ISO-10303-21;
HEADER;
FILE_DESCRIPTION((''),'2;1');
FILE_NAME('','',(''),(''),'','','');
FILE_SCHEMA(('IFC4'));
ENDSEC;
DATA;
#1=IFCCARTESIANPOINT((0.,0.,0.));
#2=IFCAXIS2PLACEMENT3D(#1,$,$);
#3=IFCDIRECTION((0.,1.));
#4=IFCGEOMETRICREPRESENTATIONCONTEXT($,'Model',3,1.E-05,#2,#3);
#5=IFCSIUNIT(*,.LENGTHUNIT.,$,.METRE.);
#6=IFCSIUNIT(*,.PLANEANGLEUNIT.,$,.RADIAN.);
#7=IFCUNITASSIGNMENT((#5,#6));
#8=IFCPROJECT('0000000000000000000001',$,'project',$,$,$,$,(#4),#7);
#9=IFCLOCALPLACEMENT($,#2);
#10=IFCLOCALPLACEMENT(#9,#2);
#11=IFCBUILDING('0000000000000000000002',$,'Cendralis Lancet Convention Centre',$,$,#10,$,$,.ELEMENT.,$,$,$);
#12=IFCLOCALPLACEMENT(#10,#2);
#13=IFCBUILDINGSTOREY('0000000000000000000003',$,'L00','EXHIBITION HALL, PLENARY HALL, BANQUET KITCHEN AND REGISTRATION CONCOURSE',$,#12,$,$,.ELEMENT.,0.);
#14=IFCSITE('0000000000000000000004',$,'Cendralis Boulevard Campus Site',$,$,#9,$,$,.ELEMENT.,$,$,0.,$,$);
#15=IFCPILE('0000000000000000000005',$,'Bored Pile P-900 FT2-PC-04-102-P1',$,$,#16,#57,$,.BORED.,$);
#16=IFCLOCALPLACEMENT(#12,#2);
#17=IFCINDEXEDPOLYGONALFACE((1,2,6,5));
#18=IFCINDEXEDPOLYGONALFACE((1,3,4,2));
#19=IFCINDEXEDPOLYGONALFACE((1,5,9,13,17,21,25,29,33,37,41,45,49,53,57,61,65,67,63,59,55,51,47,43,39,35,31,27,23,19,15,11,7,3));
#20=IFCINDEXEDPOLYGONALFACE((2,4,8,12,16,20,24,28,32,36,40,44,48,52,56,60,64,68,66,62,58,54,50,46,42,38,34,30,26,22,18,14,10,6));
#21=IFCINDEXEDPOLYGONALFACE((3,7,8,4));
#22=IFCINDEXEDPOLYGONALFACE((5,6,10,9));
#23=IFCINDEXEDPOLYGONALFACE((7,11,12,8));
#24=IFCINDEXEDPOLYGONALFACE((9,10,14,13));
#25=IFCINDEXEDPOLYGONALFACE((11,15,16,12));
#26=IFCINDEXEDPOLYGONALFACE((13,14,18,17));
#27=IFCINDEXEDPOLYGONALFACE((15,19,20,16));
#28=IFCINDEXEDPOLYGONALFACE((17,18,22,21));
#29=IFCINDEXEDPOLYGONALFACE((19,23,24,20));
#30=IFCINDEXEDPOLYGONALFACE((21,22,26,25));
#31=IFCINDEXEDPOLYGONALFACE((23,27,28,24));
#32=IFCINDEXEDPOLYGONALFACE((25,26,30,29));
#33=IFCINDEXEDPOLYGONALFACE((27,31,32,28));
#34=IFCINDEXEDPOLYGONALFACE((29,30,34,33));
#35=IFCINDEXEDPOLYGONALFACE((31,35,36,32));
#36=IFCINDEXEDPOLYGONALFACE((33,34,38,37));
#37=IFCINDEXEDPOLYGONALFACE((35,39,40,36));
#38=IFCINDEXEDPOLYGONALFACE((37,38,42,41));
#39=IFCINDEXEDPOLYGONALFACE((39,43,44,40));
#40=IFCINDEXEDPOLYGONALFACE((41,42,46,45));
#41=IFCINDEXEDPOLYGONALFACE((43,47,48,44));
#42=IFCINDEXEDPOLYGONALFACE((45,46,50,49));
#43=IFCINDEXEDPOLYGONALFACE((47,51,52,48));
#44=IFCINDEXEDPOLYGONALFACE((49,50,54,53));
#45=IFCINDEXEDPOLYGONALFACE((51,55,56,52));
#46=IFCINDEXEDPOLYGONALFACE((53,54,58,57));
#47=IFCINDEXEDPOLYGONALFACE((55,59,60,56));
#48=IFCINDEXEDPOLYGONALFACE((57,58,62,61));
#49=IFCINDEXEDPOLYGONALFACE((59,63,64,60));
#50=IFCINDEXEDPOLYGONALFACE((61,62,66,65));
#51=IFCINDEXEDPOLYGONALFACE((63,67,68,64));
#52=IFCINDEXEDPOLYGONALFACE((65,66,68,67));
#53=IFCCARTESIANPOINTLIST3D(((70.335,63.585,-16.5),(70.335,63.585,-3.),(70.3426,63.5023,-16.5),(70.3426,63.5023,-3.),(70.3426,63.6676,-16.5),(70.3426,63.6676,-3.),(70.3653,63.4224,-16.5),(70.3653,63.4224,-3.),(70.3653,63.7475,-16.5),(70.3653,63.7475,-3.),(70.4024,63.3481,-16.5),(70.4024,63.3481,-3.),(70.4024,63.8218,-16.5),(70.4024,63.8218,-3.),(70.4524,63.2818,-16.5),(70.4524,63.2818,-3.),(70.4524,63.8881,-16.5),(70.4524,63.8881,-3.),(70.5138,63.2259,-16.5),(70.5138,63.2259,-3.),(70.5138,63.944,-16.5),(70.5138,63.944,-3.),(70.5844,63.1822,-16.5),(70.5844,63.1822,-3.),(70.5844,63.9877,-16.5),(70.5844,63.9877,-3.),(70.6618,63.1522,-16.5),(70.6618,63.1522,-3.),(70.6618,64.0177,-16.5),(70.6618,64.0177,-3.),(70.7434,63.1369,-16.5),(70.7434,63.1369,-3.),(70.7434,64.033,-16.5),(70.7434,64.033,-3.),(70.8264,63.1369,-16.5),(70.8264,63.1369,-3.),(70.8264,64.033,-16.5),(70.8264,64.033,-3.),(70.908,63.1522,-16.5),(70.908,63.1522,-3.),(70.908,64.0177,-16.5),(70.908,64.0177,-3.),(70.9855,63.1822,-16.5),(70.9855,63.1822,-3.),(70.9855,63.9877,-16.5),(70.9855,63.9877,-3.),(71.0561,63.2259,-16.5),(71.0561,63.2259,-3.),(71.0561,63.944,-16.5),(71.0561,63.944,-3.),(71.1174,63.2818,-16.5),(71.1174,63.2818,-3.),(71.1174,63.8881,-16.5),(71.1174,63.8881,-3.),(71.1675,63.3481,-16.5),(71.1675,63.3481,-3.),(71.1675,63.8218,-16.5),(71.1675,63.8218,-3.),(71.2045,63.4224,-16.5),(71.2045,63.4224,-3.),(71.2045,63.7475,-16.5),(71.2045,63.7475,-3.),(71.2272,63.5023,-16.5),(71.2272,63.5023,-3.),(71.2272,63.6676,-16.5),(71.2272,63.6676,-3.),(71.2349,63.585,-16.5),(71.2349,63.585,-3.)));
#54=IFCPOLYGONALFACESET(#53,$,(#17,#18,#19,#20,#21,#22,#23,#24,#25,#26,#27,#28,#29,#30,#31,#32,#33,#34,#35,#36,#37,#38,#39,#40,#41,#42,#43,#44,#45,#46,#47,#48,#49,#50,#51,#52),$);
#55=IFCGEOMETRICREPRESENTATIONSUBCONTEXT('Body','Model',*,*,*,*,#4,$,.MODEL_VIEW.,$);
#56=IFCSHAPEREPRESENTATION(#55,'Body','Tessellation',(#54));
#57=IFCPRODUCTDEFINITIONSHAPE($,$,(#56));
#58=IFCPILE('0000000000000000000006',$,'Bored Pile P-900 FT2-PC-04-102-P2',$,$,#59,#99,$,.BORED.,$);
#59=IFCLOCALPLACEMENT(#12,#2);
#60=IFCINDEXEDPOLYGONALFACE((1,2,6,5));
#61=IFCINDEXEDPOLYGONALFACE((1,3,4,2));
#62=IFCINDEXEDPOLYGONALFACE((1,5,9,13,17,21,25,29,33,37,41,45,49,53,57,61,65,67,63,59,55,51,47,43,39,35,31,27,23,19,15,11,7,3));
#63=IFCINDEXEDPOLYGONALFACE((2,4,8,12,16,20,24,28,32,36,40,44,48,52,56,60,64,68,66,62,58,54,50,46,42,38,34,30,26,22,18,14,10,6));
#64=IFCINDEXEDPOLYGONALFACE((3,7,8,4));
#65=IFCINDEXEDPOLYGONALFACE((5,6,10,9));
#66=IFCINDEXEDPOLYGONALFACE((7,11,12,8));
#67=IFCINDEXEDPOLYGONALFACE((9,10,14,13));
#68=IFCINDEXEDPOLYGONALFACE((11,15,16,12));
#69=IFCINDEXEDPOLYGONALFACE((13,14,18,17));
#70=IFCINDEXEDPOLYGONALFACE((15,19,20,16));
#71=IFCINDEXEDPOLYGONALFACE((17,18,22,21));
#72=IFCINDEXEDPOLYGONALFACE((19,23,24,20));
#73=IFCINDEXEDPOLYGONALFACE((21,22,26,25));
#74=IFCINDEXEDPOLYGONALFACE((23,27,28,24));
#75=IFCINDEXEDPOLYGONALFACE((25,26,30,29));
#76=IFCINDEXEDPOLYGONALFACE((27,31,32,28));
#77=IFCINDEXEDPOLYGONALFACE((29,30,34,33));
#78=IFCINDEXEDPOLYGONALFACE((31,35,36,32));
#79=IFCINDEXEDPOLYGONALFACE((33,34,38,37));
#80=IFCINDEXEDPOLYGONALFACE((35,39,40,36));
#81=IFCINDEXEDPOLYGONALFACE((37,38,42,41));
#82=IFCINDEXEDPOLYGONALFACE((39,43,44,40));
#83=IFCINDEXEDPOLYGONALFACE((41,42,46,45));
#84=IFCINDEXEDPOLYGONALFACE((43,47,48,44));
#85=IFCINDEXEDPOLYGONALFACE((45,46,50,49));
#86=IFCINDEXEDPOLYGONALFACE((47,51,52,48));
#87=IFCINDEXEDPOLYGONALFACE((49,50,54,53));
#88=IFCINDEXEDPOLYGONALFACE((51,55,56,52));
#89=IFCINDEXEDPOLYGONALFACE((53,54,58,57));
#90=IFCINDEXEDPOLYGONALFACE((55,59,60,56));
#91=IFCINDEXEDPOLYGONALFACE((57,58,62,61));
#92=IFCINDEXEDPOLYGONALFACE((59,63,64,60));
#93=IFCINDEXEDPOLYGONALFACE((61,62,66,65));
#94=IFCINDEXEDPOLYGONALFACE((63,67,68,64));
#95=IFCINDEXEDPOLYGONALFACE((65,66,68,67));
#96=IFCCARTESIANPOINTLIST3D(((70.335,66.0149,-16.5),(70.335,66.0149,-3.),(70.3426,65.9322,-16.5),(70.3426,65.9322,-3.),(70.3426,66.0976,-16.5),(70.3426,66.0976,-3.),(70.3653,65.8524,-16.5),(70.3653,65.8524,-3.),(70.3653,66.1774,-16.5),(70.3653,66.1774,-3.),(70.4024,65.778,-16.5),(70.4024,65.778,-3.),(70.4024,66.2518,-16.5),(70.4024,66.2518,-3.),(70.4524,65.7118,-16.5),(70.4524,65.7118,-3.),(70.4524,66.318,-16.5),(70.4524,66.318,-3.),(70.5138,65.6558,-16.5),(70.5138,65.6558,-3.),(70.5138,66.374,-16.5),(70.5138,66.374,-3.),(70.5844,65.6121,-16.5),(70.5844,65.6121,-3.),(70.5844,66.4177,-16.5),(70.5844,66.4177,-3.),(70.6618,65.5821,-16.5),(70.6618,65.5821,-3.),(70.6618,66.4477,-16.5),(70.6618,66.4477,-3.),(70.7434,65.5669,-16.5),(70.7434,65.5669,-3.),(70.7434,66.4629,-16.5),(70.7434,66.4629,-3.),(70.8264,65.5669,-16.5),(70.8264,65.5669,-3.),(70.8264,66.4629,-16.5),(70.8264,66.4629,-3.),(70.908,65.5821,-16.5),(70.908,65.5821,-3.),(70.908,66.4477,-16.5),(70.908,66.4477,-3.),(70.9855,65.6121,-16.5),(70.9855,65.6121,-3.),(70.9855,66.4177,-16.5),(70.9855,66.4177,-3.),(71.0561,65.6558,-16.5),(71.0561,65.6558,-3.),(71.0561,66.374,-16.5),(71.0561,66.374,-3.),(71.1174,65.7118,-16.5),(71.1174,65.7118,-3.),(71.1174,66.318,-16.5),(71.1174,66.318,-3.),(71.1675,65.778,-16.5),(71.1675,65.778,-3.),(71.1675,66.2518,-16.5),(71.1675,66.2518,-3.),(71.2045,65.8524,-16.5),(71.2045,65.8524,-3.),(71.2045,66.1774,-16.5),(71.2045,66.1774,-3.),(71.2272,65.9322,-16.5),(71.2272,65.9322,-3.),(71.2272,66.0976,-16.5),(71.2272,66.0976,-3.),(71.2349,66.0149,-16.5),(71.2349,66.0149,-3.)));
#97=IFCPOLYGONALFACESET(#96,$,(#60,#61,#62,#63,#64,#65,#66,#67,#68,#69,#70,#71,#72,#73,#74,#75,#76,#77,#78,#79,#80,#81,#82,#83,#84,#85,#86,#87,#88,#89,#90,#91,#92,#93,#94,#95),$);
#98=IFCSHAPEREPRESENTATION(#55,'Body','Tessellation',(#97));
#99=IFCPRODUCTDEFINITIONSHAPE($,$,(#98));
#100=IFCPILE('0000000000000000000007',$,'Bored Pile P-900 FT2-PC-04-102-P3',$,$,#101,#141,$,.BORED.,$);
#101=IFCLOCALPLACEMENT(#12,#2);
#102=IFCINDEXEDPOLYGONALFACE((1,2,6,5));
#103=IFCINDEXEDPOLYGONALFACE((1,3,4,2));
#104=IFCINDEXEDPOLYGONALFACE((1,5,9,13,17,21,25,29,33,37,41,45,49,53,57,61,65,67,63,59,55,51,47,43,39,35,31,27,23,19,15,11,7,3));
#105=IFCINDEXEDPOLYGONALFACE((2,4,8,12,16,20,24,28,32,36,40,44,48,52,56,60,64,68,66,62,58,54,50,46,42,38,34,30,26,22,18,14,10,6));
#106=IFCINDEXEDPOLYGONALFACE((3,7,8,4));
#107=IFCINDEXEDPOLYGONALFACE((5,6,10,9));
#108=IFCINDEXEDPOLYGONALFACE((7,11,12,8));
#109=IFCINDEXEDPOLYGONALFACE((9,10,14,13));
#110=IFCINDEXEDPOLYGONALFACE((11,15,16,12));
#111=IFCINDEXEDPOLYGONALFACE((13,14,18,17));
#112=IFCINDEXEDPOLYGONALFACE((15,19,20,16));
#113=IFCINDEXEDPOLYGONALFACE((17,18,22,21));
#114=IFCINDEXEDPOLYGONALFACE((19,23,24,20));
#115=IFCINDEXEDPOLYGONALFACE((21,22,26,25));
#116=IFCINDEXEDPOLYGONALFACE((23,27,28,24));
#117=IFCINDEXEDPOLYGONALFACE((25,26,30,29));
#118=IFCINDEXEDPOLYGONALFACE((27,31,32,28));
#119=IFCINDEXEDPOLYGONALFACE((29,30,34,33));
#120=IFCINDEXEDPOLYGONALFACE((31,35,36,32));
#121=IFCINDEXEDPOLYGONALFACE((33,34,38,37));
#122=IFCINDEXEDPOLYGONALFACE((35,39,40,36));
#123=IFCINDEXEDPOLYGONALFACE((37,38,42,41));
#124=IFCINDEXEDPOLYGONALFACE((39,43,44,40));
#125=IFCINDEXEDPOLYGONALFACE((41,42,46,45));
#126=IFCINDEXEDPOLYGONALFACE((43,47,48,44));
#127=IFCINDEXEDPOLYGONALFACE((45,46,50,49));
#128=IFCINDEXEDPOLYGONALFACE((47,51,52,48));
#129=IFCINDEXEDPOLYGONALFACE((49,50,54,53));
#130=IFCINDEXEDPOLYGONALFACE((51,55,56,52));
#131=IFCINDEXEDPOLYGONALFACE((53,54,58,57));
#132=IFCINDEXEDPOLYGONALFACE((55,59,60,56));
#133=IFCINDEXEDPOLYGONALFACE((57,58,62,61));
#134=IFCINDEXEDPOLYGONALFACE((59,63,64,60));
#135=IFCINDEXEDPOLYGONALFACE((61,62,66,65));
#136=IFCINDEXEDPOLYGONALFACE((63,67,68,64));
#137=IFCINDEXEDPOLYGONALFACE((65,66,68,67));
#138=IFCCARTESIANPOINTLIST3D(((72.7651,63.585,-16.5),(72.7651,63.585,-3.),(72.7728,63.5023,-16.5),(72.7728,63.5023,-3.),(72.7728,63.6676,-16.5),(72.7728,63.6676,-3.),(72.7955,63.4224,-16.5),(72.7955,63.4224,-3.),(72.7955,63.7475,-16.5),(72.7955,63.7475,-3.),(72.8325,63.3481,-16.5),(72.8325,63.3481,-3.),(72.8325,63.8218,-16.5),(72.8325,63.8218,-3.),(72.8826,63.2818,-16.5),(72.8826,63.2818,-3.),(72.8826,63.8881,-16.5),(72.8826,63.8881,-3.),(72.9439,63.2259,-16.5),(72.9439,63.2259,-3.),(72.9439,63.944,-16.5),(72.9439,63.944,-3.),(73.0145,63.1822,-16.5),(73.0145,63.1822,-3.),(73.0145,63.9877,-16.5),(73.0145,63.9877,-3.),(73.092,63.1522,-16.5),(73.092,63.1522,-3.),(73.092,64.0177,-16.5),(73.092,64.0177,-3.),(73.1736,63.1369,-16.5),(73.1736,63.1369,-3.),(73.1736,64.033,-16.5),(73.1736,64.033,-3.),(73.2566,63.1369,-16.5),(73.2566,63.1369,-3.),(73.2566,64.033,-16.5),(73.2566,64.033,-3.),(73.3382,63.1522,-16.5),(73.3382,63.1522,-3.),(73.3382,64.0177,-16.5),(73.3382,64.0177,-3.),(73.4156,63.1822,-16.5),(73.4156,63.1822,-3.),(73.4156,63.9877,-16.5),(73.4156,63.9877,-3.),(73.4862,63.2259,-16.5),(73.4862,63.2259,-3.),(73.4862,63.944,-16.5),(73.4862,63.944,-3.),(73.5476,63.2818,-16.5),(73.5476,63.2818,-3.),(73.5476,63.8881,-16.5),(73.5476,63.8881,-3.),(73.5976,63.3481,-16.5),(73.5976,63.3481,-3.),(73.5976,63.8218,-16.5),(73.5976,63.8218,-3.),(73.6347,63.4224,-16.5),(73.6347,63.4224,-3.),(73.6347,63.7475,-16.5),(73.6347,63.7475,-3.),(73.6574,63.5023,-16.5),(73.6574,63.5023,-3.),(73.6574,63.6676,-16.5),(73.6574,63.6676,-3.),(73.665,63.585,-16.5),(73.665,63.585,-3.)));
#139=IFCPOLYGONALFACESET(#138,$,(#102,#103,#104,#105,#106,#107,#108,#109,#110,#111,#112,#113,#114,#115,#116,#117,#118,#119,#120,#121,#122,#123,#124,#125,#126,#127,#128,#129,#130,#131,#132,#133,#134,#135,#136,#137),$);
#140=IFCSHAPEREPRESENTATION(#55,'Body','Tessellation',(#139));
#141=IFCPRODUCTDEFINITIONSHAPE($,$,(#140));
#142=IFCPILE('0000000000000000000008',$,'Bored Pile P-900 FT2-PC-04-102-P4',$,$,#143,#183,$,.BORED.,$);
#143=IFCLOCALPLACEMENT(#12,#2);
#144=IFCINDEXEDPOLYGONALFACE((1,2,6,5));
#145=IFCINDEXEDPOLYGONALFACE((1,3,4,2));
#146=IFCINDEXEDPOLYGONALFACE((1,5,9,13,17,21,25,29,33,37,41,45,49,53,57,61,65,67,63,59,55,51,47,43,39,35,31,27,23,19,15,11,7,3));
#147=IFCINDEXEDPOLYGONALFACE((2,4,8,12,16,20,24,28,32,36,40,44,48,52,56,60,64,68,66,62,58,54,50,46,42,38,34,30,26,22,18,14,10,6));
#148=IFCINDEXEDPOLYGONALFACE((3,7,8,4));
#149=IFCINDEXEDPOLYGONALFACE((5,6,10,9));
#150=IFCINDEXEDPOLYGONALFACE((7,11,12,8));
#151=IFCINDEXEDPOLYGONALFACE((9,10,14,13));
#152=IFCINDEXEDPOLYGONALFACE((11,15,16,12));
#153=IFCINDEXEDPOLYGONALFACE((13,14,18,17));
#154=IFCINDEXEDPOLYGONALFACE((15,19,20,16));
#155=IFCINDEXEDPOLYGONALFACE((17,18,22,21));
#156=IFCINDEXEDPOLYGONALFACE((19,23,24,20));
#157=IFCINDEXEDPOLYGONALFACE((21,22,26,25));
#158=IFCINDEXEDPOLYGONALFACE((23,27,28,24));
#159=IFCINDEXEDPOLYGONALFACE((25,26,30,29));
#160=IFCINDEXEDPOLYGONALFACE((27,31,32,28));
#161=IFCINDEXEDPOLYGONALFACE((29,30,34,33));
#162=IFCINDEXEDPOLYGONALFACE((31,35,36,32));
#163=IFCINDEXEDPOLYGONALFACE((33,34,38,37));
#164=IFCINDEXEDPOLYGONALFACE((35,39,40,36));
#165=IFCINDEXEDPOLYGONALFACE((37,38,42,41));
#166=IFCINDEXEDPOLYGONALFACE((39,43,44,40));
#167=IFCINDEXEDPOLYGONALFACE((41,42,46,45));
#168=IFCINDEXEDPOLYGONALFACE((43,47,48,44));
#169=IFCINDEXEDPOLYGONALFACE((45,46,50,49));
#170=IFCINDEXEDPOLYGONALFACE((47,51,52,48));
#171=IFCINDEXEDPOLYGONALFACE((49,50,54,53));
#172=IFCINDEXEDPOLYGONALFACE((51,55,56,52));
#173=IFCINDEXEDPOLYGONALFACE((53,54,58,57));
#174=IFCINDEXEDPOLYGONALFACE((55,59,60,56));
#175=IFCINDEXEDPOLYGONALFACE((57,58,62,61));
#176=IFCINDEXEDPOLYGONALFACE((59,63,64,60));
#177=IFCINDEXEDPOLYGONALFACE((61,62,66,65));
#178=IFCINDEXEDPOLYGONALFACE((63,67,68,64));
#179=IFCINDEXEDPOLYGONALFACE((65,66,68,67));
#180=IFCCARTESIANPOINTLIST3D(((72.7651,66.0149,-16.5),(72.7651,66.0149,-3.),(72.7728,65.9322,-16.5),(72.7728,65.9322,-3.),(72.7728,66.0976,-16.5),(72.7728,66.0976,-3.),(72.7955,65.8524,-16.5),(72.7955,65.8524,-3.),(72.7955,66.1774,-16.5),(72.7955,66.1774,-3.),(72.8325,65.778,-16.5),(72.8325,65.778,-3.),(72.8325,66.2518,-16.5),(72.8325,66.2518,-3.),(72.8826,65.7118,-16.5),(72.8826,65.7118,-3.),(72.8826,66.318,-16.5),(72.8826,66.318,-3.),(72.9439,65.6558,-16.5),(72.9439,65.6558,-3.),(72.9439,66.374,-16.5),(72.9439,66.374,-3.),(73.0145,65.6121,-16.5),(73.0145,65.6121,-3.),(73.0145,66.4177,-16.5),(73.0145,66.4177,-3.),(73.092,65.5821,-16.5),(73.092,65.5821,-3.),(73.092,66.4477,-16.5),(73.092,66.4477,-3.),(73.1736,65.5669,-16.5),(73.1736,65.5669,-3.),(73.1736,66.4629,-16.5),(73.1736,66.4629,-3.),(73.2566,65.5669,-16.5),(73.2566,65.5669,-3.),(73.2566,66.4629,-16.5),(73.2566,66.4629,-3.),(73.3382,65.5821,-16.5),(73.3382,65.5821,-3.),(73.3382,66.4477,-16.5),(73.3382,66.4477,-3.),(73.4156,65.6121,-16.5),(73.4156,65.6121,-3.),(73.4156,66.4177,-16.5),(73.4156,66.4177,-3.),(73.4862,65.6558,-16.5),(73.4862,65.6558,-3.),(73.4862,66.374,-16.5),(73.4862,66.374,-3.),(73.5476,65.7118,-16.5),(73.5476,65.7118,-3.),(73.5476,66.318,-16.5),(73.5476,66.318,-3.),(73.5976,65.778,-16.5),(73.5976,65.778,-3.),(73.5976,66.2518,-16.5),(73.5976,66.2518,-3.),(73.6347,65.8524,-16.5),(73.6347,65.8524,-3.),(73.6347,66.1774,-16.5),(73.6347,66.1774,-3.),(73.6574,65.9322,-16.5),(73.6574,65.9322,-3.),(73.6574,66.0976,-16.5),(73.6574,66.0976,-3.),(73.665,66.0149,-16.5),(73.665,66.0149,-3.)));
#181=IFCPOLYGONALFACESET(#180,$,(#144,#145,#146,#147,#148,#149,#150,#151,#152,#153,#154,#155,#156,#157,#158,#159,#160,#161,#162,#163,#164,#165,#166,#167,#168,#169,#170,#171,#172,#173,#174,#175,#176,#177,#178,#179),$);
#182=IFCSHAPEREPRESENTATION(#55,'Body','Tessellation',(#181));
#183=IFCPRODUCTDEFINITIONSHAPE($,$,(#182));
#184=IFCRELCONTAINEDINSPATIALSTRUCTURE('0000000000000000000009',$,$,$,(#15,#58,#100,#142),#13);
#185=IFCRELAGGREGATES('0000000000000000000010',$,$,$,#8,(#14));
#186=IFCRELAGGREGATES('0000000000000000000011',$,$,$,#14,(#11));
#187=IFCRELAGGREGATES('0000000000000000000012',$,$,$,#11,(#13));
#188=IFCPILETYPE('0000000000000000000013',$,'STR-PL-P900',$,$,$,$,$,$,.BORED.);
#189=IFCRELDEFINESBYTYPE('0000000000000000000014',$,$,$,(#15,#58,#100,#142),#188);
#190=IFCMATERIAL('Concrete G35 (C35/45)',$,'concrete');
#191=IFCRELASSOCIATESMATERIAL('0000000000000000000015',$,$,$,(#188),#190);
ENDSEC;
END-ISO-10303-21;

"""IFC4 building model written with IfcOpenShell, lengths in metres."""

from ifc_helpers import new_model, si_unit, direction, frame, origin, origin_2d, place, context, subcontext, project, spatial, circle, extrude, material, material_profile, profile_set, type_object, element, save


model = new_model("IFC4")

# Units and contexts
model_context = context("Model", 3, precision=1e-05, world=origin(), true_north=direction((0.0, 1.0)))
body_context = subcontext(model_context, "Body", "Model", "MODEL_VIEW")
ifc_project = project(units=[si_unit("LENGTHUNIT", "METRE"), si_unit("PLANEANGLEUNIT", "RADIAN")], contexts=[model_context])

# Site, building, storey
site_placement = place(None, origin())
site = spatial("IfcSite", under=ifc_project, at=site_placement, Name="Cendralis Boulevard Campus Site", CompositionType="ELEMENT", RefElevation=0.0)
building_placement = place(site_placement, origin())
building = spatial("IfcBuilding", under=site, at=building_placement, Name="Cendralis Lancet Convention Centre", CompositionType="ELEMENT")
storey_placement = place(building_placement, origin())
storey = spatial("IfcBuildingStorey", under=building, at=storey_placement, Name="L00", Description="EXHIBITION HALL, PLENARY HALL, BANQUET KITCHEN AND REGISTRATION CONCOURSE", CompositionType="ELEMENT", Elevation=0.0)

# Shared definitions
ifc_material_1 = material(Name="Concrete G35 (C35/45)", Category="concrete")

# Piles
ifc_material_profile_1 = material_profile(ifc_material_1, circle(Radius=0.45, at=origin_2d()), Name="BORED PILE D900")
ifc_profile_set_1 = profile_set([ifc_material_profile_1], Name="Concrete G35 (C35/45)")
pile_type = type_object("IfcPileType", Name="STR-PL-P900", PredefinedType="BORED", material=ifc_profile_set_1)
for number, where, z_axis, x_axis, name in (
    (1, (70.7849, 63.585, -3.0), (0.0, 0.0, -1.0), (1.0, 0.0, 0.0), "Bored Pile P-900 FT2-PC-04-102-P1"),
    (2, (70.7849, 66.0149, -3.0), (0.0, 0.0, -1.0), (1.0, 0.0, 0.0), "Bored Pile P-900 FT2-PC-04-102-P2"),
    (3, (73.2151, 63.585, -3.0), (0.0, 0.0, -1.0), (1.0, 0.0, 0.0), "Bored Pile P-900 FT2-PC-04-102-P3"),
    (4, (73.2151, 66.0149, -3.0), (0.0, 0.0, -1.0), (1.0, 0.0, 0.0), "Bored Pile P-900 FT2-PC-04-102-P4"),
):
    element("IfcPile", number, at=place(storey_placement, frame(where, z_axis=z_axis, x_axis=x_axis)), inside=storey, type_object=pile_type, Name=name, PredefinedType="BORED", context=body_context, shape_type="SweptSolid", body=[
        extrude(circle(Radius=0.45, at=origin_2d()), origin(), (0.0, 0.0, 1.0), 13.5),
    ])

save(model, "model.ifc")
